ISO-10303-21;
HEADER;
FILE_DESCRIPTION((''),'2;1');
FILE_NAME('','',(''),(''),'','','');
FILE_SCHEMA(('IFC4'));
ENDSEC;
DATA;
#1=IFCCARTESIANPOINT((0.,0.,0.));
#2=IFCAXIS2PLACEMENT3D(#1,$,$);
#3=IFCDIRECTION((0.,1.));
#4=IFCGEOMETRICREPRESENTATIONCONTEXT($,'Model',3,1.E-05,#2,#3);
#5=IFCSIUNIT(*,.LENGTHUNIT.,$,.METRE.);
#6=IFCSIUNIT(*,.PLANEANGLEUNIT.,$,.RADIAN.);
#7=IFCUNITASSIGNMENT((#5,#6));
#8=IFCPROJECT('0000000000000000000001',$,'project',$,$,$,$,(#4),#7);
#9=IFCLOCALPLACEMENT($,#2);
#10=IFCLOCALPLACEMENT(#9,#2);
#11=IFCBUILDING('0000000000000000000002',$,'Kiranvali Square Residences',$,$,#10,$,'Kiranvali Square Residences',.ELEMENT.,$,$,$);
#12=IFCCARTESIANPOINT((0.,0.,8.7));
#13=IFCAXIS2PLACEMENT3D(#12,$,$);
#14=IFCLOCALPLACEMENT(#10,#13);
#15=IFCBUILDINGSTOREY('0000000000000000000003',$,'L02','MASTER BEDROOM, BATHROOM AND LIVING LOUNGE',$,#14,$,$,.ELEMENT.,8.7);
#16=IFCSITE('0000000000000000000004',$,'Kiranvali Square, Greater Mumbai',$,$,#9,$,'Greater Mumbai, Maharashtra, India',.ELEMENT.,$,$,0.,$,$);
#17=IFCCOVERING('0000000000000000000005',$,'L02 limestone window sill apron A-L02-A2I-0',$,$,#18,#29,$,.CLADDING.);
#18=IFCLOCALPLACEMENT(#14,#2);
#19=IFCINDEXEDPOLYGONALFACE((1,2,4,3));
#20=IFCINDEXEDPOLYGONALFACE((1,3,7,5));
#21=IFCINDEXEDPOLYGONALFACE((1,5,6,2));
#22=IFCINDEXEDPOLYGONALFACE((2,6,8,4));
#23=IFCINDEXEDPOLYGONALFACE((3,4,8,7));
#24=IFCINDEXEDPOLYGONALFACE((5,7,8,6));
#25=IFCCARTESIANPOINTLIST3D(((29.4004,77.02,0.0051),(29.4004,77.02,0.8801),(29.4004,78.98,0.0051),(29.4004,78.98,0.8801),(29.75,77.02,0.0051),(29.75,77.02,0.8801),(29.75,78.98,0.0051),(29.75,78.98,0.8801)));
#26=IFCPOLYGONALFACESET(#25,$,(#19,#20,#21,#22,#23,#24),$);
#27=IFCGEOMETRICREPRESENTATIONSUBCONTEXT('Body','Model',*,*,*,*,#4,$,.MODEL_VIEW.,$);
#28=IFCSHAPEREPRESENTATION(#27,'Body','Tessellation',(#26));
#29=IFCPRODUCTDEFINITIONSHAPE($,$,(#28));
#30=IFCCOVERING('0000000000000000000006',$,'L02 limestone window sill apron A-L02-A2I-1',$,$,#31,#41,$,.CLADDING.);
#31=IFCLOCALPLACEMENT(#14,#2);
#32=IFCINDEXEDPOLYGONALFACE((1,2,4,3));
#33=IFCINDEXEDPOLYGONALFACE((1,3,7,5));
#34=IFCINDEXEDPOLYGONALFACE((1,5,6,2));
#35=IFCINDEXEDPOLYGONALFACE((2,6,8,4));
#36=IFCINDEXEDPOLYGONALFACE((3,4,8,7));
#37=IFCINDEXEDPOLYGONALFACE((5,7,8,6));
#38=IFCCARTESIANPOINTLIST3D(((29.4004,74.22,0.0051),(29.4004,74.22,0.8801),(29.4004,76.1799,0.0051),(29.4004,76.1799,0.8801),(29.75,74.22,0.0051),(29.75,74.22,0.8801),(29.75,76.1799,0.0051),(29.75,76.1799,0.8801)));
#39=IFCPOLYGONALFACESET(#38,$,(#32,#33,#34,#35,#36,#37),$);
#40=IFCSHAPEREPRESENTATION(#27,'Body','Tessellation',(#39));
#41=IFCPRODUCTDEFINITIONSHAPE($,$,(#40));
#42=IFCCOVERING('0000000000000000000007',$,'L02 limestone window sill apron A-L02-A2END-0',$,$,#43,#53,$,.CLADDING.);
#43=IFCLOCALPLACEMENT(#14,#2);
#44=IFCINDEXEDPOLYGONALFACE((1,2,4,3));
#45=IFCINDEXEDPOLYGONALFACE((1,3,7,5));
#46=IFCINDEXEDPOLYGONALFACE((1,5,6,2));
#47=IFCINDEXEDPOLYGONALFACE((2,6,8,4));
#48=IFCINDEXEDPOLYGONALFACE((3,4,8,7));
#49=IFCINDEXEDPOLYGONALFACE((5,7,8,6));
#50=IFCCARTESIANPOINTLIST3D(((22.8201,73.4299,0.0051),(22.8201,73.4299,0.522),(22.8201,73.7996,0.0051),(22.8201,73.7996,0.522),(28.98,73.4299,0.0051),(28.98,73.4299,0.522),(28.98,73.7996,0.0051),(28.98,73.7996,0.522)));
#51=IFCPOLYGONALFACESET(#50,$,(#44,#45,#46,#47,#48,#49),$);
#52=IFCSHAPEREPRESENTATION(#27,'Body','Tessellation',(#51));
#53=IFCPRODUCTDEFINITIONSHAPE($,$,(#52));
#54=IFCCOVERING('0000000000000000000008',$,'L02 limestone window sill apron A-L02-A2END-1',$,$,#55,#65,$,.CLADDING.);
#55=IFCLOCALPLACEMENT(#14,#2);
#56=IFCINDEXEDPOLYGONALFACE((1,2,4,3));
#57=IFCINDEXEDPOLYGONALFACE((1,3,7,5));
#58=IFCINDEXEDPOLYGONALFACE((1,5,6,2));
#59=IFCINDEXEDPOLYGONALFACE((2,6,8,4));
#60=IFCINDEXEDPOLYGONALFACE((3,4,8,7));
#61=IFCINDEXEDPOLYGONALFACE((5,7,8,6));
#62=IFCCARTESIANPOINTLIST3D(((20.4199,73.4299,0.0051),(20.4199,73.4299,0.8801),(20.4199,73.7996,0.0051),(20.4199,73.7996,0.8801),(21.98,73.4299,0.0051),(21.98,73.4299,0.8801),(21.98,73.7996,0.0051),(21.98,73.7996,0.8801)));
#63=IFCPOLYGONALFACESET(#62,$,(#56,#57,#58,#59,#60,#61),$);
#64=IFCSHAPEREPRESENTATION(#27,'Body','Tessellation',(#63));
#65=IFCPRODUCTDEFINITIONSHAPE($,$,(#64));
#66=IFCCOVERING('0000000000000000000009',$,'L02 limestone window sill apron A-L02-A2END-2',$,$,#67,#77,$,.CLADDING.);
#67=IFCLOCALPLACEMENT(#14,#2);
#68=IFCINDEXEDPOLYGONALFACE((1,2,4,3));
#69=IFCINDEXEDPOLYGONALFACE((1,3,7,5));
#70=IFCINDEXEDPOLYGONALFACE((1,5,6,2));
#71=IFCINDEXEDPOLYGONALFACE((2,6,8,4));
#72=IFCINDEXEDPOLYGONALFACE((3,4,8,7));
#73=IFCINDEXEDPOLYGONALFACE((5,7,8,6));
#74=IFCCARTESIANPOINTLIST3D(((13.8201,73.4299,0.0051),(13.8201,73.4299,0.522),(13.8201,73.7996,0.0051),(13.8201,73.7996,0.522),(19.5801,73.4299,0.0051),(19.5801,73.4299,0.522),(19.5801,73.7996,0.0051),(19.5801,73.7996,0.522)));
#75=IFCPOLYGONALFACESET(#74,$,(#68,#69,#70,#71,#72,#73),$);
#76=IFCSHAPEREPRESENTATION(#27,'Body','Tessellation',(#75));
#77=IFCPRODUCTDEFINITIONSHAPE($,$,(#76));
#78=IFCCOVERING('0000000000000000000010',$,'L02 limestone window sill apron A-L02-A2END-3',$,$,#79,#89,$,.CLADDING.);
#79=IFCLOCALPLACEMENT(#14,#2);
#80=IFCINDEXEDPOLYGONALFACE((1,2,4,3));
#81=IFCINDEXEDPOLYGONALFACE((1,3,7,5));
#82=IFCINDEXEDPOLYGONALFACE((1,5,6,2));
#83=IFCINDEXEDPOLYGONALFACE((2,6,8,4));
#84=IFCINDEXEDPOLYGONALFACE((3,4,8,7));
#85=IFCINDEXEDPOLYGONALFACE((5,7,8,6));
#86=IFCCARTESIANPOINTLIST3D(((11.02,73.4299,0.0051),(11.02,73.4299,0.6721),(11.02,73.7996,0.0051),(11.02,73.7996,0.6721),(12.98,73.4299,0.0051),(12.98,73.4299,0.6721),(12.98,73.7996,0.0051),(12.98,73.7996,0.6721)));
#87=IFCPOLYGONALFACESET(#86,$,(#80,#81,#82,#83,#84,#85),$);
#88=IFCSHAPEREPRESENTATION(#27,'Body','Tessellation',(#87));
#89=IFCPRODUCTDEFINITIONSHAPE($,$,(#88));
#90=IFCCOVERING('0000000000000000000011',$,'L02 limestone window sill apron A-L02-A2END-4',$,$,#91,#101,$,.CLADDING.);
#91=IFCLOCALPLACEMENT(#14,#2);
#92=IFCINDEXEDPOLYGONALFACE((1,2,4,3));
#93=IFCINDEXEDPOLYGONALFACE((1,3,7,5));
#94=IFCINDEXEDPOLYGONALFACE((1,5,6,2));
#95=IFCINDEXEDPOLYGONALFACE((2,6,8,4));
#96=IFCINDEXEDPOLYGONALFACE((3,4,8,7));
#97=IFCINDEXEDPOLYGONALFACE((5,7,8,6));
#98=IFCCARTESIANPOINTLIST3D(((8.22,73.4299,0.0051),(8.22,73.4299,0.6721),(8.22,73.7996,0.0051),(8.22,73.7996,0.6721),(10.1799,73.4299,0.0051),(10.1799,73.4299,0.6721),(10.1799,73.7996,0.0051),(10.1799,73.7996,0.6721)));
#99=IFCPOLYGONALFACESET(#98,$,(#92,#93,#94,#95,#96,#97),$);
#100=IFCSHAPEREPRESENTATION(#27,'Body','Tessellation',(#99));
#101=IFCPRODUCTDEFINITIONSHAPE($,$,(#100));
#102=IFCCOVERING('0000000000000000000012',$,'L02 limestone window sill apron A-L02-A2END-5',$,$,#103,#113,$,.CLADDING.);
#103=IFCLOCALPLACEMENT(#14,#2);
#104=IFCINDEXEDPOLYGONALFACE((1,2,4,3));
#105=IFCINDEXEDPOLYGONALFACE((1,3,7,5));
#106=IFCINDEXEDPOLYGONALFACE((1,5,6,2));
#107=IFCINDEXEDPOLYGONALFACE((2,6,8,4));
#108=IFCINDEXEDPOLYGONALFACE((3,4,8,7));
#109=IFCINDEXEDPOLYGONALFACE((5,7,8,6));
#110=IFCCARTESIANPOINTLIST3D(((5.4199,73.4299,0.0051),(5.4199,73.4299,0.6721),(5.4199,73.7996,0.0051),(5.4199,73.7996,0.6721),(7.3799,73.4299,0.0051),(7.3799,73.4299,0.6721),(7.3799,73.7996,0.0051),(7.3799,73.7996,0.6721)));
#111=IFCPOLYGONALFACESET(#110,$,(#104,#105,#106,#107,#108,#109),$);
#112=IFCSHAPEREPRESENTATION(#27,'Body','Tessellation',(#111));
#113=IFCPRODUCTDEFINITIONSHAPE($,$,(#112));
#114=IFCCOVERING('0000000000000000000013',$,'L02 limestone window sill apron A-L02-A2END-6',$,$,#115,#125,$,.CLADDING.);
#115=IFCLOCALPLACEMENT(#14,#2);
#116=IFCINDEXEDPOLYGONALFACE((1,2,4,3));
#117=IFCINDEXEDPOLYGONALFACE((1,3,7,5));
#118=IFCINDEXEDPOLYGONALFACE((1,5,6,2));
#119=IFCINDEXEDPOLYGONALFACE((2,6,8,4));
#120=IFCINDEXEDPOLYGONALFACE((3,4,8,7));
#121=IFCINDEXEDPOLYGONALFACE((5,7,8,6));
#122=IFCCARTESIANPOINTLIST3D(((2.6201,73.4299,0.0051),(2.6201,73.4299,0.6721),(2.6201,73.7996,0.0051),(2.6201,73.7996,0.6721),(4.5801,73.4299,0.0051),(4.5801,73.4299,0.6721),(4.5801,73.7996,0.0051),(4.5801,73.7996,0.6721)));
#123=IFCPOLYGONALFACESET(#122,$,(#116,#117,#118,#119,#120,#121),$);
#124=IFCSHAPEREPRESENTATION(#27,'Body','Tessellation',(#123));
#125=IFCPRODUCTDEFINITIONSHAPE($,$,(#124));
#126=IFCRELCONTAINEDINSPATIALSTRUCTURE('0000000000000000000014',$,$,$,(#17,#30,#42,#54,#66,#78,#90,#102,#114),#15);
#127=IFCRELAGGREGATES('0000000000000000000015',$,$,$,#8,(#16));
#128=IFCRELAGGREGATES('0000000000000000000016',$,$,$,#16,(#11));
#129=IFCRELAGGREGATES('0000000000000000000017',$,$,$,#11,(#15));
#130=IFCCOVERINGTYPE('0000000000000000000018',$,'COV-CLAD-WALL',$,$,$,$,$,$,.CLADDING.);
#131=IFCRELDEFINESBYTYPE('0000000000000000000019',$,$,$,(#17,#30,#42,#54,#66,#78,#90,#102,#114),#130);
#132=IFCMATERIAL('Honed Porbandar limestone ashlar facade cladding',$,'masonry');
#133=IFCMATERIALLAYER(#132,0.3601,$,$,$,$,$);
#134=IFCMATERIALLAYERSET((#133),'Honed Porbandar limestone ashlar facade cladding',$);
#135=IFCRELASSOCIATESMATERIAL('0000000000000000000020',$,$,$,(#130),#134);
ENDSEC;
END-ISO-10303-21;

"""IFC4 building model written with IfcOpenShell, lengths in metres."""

from ifc_helpers import new_model, si_unit, direction, frame, origin, place, context, subcontext, project, spatial, polyline, outline, extrude, material, layer, layer_set, type_object, element, save


model = new_model("IFC4")

# Units and contexts
model_context = context("Model", 3, precision=1e-05, world=origin(), true_north=direction((0.0, 1.0)))
body_context = subcontext(model_context, "Body", "Model", "MODEL_VIEW")
ifc_project = project(units=[si_unit("LENGTHUNIT", "METRE"), si_unit("PLANEANGLEUNIT", "RADIAN")], contexts=[model_context])

# Site, building, storey
site_placement = place(None, origin())
site = spatial("IfcSite", under=ifc_project, at=site_placement, Name="Kiranvali Square, Greater Mumbai", LongName="Greater Mumbai, Maharashtra, India", CompositionType="ELEMENT", RefElevation=0.0)
building_placement = place(site_placement, origin())
building = spatial("IfcBuilding", under=site, at=building_placement, Name="Kiranvali Square Residences", LongName="Kiranvali Square Residences", CompositionType="ELEMENT")
storey_placement = place(building_placement, frame((0.0, 0.0, 8.7)))
storey = spatial("IfcBuildingStorey", under=building, at=storey_placement, Name="L02", Description="MASTER BEDROOM, BATHROOM AND LIVING LOUNGE", CompositionType="ELEMENT", Elevation=8.7)

# Coverings
ifc_material = material(Name="Honed Porbandar limestone ashlar facade cladding", Category="masonry")
ifc_layer_1 = layer(ifc_material, 0.3601)
ifc_layer_set_1 = layer_set([ifc_layer_1], Name="Honed Porbandar limestone ashlar facade cladding")
covering_type_1 = type_object("IfcCoveringType", Name="COV-CLAD-WALL", PredefinedType="CLADDING", material=ifc_layer_set_1)
covering_1_placement = place(storey_placement, frame((0.0, 0.0, 0.0051)))
element("IfcCovering", 1, at=covering_1_placement, inside=storey, type_object=covering_type_1, Name="L02 limestone window sill apron A-L02-A2I-0", PredefinedType="CLADDING", context=body_context, shape_type="SweptSolid", body=[
    extrude(outline(polyline([(29.4004, 78.98), (29.4004, 77.02), (29.75, 77.02), (29.75, 78.98), (29.4004, 78.98)])), origin(), (0.0, 0.0, 1.0), 0.875),
])
covering_2_placement = place(storey_placement, frame((0.0, 0.0, 0.0051)))
element("IfcCovering", 2, at=covering_2_placement, inside=storey, type_object=covering_type_1, Name="L02 limestone window sill apron A-L02-A2I-1", PredefinedType="CLADDING", context=body_context, shape_type="SweptSolid", body=[
    extrude(outline(polyline([(29.4004, 76.1799), (29.4004, 74.22), (29.75, 74.22), (29.75, 76.1799), (29.4004, 76.1799)])), origin(), (0.0, 0.0, 1.0), 0.875),
])
covering_3_placement = place(storey_placement, frame((0.0, 0.0, 0.0051)))
element("IfcCovering", 3, at=covering_3_placement, inside=storey, type_object=covering_type_1, Name="L02 limestone window sill apron A-L02-A2END-0", PredefinedType="CLADDING", context=body_context, shape_type="SweptSolid", body=[
    extrude(outline(polyline([(28.98, 73.7996), (22.8201, 73.7996), (22.8201, 73.4299), (28.98, 73.4299), (28.98, 73.7996)])), origin(), (0.0, 0.0, 1.0), 0.5168),
])
covering_4_placement = place(storey_placement, frame((0.0, 0.0, 0.0051)))
element("IfcCovering", 4, at=covering_4_placement, inside=storey, type_object=covering_type_1, Name="L02 limestone window sill apron A-L02-A2END-1", PredefinedType="CLADDING", context=body_context, shape_type="SweptSolid", body=[
    extrude(outline(polyline([(21.98, 73.7996), (20.4199, 73.7996), (20.4199, 73.4299), (21.98, 73.4299), (21.98, 73.7996)])), origin(), (0.0, 0.0, 1.0), 0.875),
])
covering_5_placement = place(storey_placement, frame((0.0, 0.0, 0.0051)))
element("IfcCovering", 5, at=covering_5_placement, inside=storey, type_object=covering_type_1, Name="L02 limestone window sill apron A-L02-A2END-2", PredefinedType="CLADDING", context=body_context, shape_type="SweptSolid", body=[
    extrude(outline(polyline([(19.5801, 73.7996), (13.8201, 73.7996), (13.8201, 73.4299), (19.5801, 73.4299), (19.5801, 73.7996)])), origin(), (0.0, 0.0, 1.0), 0.5168),
])
covering_6_placement = place(storey_placement, frame((0.0, 0.0, 0.0051)))
element("IfcCovering", 6, at=covering_6_placement, inside=storey, type_object=covering_type_1, Name="L02 limestone window sill apron A-L02-A2END-3", PredefinedType="CLADDING", context=body_context, shape_type="SweptSolid", body=[
    extrude(outline(polyline([(12.98, 73.7996), (11.02, 73.7996), (11.02, 73.4299), (12.98, 73.4299), (12.98, 73.7996)])), origin(), (0.0, 0.0, 1.0), 0.667),
])
covering_7_placement = place(storey_placement, frame((0.0, 0.0, 0.0051)))
element("IfcCovering", 7, at=covering_7_placement, inside=storey, type_object=covering_type_1, Name="L02 limestone window sill apron A-L02-A2END-4", PredefinedType="CLADDING", context=body_context, shape_type="SweptSolid", body=[
    extrude(outline(polyline([(10.1799, 73.7996), (8.22, 73.7996), (8.22, 73.4299), (10.1799, 73.4299), (10.1799, 73.7996)])), origin(), (0.0, 0.0, 1.0), 0.667),
])
covering_8_placement = place(storey_placement, frame((0.0, 0.0, 0.0051)))
element("IfcCovering", 8, at=covering_8_placement, inside=storey, type_object=covering_type_1, Name="L02 limestone window sill apron A-L02-A2END-5", PredefinedType="CLADDING", context=body_context, shape_type="SweptSolid", body=[
    extrude(outline(polyline([(7.3799, 73.7996), (5.4199, 73.7996), (5.4199, 73.4299), (7.3799, 73.4299), (7.3799, 73.7996)])), origin(), (0.0, 0.0, 1.0), 0.667),
])
covering_9_placement = place(storey_placement, frame((0.0, 0.0, 0.0051)))
element("IfcCovering", 9, at=covering_9_placement, inside=storey, type_object=covering_type_1, Name="L02 limestone window sill apron A-L02-A2END-6", PredefinedType="CLADDING", context=body_context, shape_type="SweptSolid", body=[
    extrude(outline(polyline([(4.5801, 73.7996), (2.6201, 73.7996), (2.6201, 73.4299), (4.5801, 73.4299), (4.5801, 73.7996)])), origin(), (0.0, 0.0, 1.0), 0.667),
])

save(model, "model.ifc")
